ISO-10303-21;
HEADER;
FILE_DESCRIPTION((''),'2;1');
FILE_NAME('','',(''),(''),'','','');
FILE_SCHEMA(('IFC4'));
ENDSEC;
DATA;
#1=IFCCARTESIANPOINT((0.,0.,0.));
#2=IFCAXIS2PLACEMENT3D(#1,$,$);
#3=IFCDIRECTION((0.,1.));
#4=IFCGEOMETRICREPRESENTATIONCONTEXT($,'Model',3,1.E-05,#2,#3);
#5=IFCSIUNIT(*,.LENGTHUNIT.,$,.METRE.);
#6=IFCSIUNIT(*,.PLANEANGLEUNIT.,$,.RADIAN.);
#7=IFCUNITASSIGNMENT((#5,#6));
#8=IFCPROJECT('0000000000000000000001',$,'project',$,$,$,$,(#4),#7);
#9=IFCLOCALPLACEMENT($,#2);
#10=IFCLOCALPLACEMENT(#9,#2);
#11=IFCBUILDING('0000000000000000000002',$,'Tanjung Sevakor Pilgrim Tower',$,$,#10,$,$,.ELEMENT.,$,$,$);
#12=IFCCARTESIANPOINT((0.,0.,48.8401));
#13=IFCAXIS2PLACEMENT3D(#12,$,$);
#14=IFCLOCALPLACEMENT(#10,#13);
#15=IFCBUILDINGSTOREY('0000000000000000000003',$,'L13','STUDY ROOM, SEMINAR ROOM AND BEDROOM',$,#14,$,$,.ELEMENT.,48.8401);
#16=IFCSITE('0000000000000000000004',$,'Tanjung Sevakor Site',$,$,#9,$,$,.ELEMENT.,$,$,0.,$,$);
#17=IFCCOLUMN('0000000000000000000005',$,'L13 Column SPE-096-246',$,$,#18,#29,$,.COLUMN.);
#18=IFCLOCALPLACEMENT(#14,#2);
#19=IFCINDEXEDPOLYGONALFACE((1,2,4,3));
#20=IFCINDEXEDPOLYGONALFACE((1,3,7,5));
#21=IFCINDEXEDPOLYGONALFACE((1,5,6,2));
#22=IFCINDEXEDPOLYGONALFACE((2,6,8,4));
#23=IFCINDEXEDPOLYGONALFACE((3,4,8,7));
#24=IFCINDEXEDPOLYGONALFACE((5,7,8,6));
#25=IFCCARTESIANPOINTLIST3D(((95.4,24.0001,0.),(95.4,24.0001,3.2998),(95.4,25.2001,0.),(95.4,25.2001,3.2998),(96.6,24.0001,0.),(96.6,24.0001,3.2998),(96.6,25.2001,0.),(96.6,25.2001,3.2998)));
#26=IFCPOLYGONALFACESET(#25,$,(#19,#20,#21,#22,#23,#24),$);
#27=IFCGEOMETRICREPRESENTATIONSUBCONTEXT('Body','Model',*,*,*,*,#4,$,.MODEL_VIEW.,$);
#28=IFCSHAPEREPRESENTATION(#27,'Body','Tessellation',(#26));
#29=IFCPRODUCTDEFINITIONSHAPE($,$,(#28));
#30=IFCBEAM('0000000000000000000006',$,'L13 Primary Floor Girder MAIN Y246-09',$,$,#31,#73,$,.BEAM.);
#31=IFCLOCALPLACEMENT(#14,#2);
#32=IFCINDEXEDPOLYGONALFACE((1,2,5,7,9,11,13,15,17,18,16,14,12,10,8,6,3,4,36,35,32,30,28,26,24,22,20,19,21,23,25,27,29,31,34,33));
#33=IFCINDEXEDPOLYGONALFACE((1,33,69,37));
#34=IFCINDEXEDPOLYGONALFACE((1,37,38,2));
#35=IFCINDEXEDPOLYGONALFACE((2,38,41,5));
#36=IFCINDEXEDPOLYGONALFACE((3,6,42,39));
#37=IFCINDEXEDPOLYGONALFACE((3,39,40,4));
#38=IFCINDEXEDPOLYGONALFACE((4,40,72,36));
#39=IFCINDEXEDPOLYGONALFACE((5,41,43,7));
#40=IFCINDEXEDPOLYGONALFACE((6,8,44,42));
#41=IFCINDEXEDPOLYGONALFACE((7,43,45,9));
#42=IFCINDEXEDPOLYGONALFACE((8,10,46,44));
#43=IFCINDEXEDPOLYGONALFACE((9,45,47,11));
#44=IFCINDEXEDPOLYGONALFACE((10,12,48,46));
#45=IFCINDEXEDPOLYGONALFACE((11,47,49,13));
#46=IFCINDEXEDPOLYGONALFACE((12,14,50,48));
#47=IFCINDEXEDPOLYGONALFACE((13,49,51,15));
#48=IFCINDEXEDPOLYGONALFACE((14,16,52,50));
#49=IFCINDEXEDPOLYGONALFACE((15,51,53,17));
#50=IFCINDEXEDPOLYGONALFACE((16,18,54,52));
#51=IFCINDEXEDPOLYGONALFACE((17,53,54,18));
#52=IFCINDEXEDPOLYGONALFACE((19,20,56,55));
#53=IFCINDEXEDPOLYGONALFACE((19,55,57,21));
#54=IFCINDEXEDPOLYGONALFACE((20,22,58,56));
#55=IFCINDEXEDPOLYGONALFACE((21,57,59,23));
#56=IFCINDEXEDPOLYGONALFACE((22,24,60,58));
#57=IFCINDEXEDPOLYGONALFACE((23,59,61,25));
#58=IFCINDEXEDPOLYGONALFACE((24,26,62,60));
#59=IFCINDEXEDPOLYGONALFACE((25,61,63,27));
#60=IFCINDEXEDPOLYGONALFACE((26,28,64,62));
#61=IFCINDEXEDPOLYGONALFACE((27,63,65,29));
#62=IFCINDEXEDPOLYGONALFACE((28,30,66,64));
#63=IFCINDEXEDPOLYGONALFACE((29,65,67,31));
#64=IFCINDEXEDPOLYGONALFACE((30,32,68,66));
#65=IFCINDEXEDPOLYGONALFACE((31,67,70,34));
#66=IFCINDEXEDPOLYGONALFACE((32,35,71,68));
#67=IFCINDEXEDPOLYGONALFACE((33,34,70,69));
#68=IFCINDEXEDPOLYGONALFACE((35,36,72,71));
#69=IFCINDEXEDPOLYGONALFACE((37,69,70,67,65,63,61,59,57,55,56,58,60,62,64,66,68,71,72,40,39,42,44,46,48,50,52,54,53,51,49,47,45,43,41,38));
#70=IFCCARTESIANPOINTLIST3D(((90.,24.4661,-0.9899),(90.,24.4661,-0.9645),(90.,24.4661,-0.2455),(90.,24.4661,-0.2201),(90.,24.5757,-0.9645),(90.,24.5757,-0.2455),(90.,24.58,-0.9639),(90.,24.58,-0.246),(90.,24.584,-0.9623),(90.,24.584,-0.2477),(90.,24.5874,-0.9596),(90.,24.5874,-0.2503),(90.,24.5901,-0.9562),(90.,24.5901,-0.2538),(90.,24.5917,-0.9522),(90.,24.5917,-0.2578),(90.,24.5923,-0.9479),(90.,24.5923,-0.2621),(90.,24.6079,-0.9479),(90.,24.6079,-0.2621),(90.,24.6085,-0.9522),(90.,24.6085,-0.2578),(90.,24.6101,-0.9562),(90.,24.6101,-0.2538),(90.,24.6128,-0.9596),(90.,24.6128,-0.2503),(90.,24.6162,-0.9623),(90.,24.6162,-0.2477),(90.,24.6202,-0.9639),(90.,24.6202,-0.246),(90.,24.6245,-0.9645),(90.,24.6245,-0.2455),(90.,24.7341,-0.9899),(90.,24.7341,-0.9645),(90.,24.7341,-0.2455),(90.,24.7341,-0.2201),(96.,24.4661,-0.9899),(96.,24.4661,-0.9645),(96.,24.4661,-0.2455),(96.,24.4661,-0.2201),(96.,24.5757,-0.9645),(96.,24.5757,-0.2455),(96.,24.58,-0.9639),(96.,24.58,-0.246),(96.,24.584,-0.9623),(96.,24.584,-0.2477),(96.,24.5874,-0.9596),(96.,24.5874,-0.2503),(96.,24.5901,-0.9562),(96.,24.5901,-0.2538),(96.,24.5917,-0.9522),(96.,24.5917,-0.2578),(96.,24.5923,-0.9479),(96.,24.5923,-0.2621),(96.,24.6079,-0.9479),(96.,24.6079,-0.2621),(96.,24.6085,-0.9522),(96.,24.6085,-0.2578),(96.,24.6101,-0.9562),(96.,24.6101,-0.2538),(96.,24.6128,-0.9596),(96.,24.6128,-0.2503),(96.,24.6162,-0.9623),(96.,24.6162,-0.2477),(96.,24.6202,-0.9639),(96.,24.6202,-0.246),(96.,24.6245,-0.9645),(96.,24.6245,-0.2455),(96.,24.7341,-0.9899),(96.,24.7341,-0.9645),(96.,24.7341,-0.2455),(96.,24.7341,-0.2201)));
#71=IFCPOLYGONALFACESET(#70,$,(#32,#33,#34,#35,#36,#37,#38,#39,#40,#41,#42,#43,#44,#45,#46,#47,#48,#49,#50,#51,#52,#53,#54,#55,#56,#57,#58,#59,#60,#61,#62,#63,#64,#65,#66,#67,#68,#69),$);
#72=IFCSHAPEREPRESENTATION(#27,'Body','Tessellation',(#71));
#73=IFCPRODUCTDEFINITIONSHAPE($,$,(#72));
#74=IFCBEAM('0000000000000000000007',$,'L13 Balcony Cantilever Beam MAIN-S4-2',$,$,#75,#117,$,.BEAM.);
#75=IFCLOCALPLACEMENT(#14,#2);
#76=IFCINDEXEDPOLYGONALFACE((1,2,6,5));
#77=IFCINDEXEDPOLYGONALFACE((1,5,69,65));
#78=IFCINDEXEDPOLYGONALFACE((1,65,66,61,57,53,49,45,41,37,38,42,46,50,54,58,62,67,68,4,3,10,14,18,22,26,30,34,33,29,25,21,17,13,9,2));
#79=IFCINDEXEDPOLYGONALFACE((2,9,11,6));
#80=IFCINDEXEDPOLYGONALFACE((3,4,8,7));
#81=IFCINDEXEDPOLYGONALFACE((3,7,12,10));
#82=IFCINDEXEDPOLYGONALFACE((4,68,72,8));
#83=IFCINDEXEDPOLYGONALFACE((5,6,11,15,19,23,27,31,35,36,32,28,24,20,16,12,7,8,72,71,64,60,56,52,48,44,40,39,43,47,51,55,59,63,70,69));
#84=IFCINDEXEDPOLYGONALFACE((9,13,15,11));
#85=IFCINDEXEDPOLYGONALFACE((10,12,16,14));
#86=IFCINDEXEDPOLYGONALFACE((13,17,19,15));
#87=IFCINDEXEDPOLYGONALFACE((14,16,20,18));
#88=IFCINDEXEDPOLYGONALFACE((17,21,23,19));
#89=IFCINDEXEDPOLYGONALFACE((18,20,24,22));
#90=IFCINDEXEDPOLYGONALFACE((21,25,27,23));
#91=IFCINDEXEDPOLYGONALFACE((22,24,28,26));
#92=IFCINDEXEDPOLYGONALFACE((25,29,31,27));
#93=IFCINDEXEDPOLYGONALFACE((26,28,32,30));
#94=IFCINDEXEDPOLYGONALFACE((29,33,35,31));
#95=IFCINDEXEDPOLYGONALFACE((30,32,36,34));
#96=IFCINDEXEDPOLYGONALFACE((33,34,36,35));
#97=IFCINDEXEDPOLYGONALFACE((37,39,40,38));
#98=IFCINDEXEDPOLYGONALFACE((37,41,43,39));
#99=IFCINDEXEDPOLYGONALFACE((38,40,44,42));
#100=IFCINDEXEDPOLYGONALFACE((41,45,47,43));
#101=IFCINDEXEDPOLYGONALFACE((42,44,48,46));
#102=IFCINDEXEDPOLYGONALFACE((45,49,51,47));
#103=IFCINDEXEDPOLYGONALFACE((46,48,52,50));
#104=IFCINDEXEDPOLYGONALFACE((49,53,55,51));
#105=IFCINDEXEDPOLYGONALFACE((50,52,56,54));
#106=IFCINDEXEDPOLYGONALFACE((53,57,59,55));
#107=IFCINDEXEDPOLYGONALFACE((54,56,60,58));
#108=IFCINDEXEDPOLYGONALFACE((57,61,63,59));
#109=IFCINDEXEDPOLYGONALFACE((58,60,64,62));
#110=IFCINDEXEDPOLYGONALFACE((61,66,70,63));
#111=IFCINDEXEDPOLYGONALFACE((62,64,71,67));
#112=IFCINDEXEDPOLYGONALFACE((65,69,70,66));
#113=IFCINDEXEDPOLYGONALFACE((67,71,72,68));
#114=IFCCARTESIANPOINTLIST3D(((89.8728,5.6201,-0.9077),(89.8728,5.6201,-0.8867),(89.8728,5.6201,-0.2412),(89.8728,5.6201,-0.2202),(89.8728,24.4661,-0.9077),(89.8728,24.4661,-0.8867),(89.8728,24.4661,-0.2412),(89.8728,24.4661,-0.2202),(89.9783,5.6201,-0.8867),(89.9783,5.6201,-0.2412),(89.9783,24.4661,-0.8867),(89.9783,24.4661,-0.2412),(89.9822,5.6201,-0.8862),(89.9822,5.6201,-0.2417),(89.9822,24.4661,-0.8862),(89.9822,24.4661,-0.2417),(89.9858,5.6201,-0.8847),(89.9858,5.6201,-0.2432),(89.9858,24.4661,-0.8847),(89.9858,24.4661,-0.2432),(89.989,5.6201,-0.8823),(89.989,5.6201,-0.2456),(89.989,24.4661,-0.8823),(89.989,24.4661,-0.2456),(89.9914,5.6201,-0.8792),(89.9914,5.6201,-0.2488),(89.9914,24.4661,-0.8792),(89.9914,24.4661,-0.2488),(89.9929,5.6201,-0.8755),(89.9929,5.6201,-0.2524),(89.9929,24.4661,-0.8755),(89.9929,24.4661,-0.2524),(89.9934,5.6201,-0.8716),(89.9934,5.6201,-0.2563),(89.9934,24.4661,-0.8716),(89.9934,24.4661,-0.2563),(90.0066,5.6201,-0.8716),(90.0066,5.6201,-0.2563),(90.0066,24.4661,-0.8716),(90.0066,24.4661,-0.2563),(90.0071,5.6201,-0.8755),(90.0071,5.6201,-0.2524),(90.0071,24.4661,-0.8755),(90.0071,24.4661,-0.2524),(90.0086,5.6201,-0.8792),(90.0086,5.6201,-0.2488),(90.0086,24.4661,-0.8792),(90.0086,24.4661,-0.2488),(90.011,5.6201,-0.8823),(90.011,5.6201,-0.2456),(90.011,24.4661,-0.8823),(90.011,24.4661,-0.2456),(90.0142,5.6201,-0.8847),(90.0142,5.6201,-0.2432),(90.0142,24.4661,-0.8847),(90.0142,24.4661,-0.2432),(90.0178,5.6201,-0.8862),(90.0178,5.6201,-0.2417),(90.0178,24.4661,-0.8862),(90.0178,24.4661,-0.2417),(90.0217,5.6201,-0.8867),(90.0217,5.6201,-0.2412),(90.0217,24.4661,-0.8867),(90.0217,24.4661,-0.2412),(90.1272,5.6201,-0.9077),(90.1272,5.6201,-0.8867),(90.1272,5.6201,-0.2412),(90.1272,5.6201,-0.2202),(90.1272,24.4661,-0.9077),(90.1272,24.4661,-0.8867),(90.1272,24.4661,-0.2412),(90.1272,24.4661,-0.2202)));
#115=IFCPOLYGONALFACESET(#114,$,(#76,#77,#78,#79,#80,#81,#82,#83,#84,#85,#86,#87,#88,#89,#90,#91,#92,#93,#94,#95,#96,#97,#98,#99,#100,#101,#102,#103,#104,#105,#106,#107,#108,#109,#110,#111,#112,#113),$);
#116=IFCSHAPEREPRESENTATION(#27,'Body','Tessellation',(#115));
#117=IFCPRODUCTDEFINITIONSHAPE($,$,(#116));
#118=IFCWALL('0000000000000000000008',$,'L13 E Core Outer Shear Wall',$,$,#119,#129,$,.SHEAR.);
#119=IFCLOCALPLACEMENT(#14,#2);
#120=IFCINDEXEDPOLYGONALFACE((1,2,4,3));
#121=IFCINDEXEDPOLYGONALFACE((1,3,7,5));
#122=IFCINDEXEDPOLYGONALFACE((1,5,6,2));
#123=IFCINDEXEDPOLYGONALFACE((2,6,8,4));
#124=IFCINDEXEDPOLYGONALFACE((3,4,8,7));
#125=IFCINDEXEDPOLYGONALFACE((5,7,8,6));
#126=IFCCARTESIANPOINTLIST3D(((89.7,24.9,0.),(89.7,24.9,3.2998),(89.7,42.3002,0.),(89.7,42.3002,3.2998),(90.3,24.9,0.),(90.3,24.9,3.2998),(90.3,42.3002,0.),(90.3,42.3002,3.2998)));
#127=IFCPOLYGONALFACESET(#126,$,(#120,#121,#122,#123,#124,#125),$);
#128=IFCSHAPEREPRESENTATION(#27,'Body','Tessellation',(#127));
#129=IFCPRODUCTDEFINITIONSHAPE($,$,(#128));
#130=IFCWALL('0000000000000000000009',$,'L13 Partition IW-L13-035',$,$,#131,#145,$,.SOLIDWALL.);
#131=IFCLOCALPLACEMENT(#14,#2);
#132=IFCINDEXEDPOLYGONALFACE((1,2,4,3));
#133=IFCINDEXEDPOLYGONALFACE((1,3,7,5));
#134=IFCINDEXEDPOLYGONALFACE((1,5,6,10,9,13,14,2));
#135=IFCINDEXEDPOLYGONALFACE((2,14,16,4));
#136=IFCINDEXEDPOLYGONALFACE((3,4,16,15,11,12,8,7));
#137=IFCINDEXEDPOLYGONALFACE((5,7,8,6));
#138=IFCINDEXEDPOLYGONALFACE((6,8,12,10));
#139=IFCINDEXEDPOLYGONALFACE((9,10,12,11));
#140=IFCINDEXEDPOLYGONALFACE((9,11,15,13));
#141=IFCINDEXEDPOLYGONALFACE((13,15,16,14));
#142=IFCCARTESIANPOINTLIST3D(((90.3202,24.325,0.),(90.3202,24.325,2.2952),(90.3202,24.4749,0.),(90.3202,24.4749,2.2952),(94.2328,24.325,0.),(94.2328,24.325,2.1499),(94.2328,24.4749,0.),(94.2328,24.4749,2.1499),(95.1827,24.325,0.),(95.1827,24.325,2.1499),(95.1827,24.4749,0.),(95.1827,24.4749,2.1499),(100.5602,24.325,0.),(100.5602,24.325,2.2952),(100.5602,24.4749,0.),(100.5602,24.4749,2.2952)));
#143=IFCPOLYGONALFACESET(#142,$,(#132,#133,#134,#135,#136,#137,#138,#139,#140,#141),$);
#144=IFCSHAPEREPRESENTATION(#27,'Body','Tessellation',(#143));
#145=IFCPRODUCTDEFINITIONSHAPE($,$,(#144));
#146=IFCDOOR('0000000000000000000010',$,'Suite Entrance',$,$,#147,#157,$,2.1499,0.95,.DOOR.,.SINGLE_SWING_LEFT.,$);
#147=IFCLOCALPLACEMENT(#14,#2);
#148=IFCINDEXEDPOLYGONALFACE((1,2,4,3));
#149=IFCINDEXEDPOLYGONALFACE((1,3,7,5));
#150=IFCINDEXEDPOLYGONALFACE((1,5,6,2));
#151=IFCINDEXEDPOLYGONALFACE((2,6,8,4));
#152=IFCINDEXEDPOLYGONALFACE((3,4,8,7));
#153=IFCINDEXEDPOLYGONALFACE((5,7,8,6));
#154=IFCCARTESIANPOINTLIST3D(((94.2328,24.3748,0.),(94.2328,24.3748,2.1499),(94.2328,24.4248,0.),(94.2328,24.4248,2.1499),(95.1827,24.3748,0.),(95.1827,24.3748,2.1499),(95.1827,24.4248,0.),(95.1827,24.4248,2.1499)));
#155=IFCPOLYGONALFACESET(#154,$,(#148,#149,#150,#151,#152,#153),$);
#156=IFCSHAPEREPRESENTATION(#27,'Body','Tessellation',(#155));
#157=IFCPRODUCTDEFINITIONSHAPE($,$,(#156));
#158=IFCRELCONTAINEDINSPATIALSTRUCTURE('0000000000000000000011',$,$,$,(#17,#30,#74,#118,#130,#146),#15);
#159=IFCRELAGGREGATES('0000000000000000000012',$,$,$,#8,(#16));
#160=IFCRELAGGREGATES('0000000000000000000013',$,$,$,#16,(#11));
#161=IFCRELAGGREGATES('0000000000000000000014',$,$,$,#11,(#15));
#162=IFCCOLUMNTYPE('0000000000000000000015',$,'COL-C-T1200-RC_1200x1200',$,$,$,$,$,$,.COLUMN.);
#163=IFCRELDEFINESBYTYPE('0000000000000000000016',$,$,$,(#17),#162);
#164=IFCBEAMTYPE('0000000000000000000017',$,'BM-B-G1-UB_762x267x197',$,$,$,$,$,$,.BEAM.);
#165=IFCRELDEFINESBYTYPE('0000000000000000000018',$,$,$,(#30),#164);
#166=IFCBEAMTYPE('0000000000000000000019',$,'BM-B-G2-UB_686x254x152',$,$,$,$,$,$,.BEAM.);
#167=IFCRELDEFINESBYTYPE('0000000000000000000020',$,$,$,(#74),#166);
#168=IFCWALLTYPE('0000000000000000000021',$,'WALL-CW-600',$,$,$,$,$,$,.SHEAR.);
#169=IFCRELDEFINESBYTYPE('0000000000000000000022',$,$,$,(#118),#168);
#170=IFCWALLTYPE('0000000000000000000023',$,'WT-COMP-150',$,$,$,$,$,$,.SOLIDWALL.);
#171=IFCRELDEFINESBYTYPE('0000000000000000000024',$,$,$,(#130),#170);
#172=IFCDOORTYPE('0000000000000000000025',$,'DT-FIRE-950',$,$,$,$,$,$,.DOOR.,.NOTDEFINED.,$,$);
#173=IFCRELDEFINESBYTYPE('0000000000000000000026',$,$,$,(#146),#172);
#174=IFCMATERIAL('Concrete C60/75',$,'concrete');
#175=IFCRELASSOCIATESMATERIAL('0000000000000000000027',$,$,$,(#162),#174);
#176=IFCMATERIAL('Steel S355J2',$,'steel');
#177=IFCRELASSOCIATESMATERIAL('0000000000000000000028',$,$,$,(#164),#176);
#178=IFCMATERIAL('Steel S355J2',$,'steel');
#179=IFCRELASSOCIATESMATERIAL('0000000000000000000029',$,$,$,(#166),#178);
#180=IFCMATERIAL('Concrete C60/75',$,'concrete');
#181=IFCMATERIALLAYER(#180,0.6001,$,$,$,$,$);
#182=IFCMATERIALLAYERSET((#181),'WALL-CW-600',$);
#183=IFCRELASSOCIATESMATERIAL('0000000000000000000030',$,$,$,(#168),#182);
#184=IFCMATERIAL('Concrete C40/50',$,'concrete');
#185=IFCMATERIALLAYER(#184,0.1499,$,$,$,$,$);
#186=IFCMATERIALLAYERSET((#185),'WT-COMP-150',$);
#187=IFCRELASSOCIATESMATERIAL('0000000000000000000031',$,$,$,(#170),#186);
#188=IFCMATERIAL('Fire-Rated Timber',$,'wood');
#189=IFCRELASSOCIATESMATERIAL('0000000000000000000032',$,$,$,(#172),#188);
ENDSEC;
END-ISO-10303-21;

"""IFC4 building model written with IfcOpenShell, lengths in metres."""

from ifc_helpers import new_model, si_unit, direction, frame, frame_2d, origin, origin_2d, place, context, subcontext, project, spatial, rectangle, i_section, extrude, material, layer, layer_set, material_profile, profile_set, type_object, element, fill, save


model = new_model("IFC4")

# Units and contexts
model_context = context("Model", 3, precision=1e-05, world=origin(), true_north=direction((0.0, 1.0)))
body_context = subcontext(model_context, "Body", "Model", "MODEL_VIEW")
ifc_project = project(units=[si_unit("LENGTHUNIT", "METRE"), si_unit("PLANEANGLEUNIT", "RADIAN")], contexts=[model_context])

# Site, building, storey
site_placement = place(None, origin())
site = spatial("IfcSite", under=ifc_project, at=site_placement, Name="Tanjung Sevakor Site", CompositionType="ELEMENT", RefElevation=0.0)
building_placement = place(site_placement, origin())
building = spatial("IfcBuilding", under=site, at=building_placement, Name="Tanjung Sevakor Pilgrim Tower", CompositionType="ELEMENT")
storey_placement = place(building_placement, frame((0.0, 0.0, 48.8401)))
storey = spatial("IfcBuildingStorey", under=building, at=storey_placement, Name="L13", Description="STUDY ROOM, SEMINAR ROOM AND BEDROOM", CompositionType="ELEMENT", Elevation=48.8401)

# Column
ifc_material_1 = material(Name="Concrete C60/75", Category="concrete")
ifc_material_profile_1 = material_profile(ifc_material_1, rectangle(XDim=1.2, YDim=1.2, at=origin_2d()))
ifc_profile_set_1 = profile_set([ifc_material_profile_1], Name="Concrete C60/75")
column_type = type_object("IfcColumnType", Name="COL-C-T1200-RC_1200x1200", PredefinedType="COLUMN", material=ifc_profile_set_1)
column_placement = place(storey_placement, frame((96.0, 24.6001, 0.0), z_axis=(0.0, 0.0, 1.0), x_axis=(1.0, 0.0, 0.0)))
element("IfcColumn", 1, at=column_placement, inside=storey, type_object=column_type, Name="L13 Column SPE-096-246", PredefinedType="COLUMN", context=body_context, shape_type="SweptSolid", body=[
    extrude(rectangle(XDim=1.2, YDim=1.2, at=origin_2d()), origin(), (0.0, 0.0, 1.0), 3.2998),
])

# Beams
ifc_material_2 = material(Name="Steel S355J2", Category="steel")
ifc_material_profile_2 = material_profile(ifc_material_2, i_section(OverallWidth=0.2681, OverallDepth=0.7698, WebThickness=0.0156, FlangeThickness=0.0254, FilletRadius=0.0166, at=origin_2d()))
ifc_profile_set_2 = profile_set([ifc_material_profile_2], Name="Steel S355J2")
beam_type_1 = type_object("IfcBeamType", Name="BM-B-G1-UB_762x267x197", PredefinedType="BEAM", material=ifc_profile_set_2)
beam_1_placement = place(storey_placement, frame((90.0, 24.6001, -0.605), z_axis=(1.0, 0.0, 0.0), x_axis=(0.0, 1.0, 0.0)))
element("IfcBeam", 2, at=beam_1_placement, inside=storey, type_object=beam_type_1, Name="L13 Primary Floor Girder MAIN Y246-09", PredefinedType="BEAM", context=body_context, shape_type="SweptSolid", body=[
    extrude(i_section(OverallWidth=0.2681, OverallDepth=0.7698, WebThickness=0.0156, FlangeThickness=0.0254, FilletRadius=0.0166, at=origin_2d()), origin(), (0.0, 0.0, 1.0), 6.0),
])
ifc_material_3 = material(Name="Steel S355J2", Category="steel")
ifc_material_profile_3 = material_profile(ifc_material_3, i_section(OverallWidth=0.2544, OverallDepth=0.6875, WebThickness=0.0132, FlangeThickness=0.021, FilletRadius=0.0151, at=origin_2d()))
ifc_profile_set_3 = profile_set([ifc_material_profile_3], Name="Steel S355J2")
beam_type_2 = type_object("IfcBeamType", Name="BM-B-G2-UB_686x254x152", PredefinedType="BEAM", material=ifc_profile_set_3)
beam_2_placement = place(storey_placement, frame((90.0, 24.4661, -0.564), z_axis=(0.0, -1.0, 0.0), x_axis=(1.0, 0.0, 0.0)))
element("IfcBeam", 3, at=beam_2_placement, inside=storey, type_object=beam_type_2, Name="L13 Balcony Cantilever Beam MAIN-S4-2", PredefinedType="BEAM", context=body_context, shape_type="SweptSolid", body=[
    extrude(i_section(OverallWidth=0.2544, OverallDepth=0.6875, WebThickness=0.0132, FlangeThickness=0.021, FilletRadius=0.0151, at=origin_2d()), origin(), (0.0, 0.0, 1.0), 18.8459),
])

# Wall
ifc_material_4 = material(Name="Concrete C60/75", Category="concrete")
ifc_layer_1 = layer(ifc_material_4, 0.6001)
ifc_layer_set_1 = layer_set([ifc_layer_1], Name="WALL-CW-600")
wall_type_1 = type_object("IfcWallType", Name="WALL-CW-600", PredefinedType="SHEAR", material=ifc_layer_set_1)
wall_1_placement = place(storey_placement, frame((90.0, 24.8999, 0.0), z_axis=(0.0, 0.0, 1.0), x_axis=(0.0, 1.0, 0.0)))
element("IfcWall", 4, at=wall_1_placement, inside=storey, type_object=wall_type_1, Name="L13 E Core Outer Shear Wall", PredefinedType="SHEAR", context=body_context, shape_type="SweptSolid", body=[
    extrude(rectangle(XDim=17.4001, YDim=0.6001, at=frame_2d((8.7002, 0.0))), origin(), (0.0, 0.0, 1.0), 3.2998),
])

# Wall, opening, door
ifc_material_5 = material(Name="Concrete C40/50", Category="concrete")
ifc_layer_2 = layer(ifc_material_5, 0.1499)
ifc_layer_set_2 = layer_set([ifc_layer_2], Name="WT-COMP-150")
wall_type_2 = type_object("IfcWallType", Name="WT-COMP-150", PredefinedType="SOLIDWALL", material=ifc_layer_set_2)
wall_2_placement = place(storey_placement, frame((90.3201, 24.3999, 0.0), z_axis=(0.0, 0.0, 1.0), x_axis=(1.0, 0.0, 0.0)))
wall_2 = element("IfcWall", 5, at=wall_2_placement, inside=storey, type_object=wall_type_2, Name="L13 Partition IW-L13-035", PredefinedType="SOLIDWALL", context=body_context, shape_type="SweptSolid", body=[
    extrude(rectangle(XDim=10.24, YDim=0.1499, at=frame_2d((5.1201, 0.0))), origin(), (0.0, 0.0, 1.0), 2.2952),
])
opening_1_placement = place(wall_2_placement, frame((3.9126, 0.0, 0.0)))
opening_1 = element("IfcOpeningElement", 6, at=opening_1_placement, cuts=wall_2, PredefinedType="OPENING", context=body_context, shape_type="SweptSolid", body=[
    extrude(rectangle(XDim=0.95, YDim=2.1499, at=frame_2d((0.4751, 1.075))), frame((0.0, 0.085, 0.0), z_axis=(0.0, -1.0, 0.0), x_axis=(1.0, 0.0, 0.0)), (0.0, 0.0, 1.0), 0.1699),
])
ifc_material_6 = material(Name="Fire-Rated Timber", Category="wood")
door_type_1 = type_object("IfcDoorType", Name="DT-FIRE-950", OperationType="NOTDEFINED", PredefinedType="DOOR", material=ifc_material_6)
door_1_placement = place(opening_1_placement, origin())
door_1 = element("IfcDoor", 7, at=door_1_placement, inside=storey, type_object=door_type_1, Name="Suite Entrance", OperationType="SINGLE_SWING_LEFT", OverallHeight=2.1499, OverallWidth=0.95, PredefinedType="DOOR", context=body_context, shape_type="SweptSolid", body=[
    extrude(rectangle(XDim=0.95, YDim=2.1499, at=frame_2d((0.4751, 1.075))), frame((0.0, 0.0249, 0.0), z_axis=(0.0, -1.0, 0.0), x_axis=(1.0, 0.0, 0.0)), (0.0, 0.0, 1.0), 0.05),
])
fill(opening_1, door_1)

save(model, "model.ifc")
